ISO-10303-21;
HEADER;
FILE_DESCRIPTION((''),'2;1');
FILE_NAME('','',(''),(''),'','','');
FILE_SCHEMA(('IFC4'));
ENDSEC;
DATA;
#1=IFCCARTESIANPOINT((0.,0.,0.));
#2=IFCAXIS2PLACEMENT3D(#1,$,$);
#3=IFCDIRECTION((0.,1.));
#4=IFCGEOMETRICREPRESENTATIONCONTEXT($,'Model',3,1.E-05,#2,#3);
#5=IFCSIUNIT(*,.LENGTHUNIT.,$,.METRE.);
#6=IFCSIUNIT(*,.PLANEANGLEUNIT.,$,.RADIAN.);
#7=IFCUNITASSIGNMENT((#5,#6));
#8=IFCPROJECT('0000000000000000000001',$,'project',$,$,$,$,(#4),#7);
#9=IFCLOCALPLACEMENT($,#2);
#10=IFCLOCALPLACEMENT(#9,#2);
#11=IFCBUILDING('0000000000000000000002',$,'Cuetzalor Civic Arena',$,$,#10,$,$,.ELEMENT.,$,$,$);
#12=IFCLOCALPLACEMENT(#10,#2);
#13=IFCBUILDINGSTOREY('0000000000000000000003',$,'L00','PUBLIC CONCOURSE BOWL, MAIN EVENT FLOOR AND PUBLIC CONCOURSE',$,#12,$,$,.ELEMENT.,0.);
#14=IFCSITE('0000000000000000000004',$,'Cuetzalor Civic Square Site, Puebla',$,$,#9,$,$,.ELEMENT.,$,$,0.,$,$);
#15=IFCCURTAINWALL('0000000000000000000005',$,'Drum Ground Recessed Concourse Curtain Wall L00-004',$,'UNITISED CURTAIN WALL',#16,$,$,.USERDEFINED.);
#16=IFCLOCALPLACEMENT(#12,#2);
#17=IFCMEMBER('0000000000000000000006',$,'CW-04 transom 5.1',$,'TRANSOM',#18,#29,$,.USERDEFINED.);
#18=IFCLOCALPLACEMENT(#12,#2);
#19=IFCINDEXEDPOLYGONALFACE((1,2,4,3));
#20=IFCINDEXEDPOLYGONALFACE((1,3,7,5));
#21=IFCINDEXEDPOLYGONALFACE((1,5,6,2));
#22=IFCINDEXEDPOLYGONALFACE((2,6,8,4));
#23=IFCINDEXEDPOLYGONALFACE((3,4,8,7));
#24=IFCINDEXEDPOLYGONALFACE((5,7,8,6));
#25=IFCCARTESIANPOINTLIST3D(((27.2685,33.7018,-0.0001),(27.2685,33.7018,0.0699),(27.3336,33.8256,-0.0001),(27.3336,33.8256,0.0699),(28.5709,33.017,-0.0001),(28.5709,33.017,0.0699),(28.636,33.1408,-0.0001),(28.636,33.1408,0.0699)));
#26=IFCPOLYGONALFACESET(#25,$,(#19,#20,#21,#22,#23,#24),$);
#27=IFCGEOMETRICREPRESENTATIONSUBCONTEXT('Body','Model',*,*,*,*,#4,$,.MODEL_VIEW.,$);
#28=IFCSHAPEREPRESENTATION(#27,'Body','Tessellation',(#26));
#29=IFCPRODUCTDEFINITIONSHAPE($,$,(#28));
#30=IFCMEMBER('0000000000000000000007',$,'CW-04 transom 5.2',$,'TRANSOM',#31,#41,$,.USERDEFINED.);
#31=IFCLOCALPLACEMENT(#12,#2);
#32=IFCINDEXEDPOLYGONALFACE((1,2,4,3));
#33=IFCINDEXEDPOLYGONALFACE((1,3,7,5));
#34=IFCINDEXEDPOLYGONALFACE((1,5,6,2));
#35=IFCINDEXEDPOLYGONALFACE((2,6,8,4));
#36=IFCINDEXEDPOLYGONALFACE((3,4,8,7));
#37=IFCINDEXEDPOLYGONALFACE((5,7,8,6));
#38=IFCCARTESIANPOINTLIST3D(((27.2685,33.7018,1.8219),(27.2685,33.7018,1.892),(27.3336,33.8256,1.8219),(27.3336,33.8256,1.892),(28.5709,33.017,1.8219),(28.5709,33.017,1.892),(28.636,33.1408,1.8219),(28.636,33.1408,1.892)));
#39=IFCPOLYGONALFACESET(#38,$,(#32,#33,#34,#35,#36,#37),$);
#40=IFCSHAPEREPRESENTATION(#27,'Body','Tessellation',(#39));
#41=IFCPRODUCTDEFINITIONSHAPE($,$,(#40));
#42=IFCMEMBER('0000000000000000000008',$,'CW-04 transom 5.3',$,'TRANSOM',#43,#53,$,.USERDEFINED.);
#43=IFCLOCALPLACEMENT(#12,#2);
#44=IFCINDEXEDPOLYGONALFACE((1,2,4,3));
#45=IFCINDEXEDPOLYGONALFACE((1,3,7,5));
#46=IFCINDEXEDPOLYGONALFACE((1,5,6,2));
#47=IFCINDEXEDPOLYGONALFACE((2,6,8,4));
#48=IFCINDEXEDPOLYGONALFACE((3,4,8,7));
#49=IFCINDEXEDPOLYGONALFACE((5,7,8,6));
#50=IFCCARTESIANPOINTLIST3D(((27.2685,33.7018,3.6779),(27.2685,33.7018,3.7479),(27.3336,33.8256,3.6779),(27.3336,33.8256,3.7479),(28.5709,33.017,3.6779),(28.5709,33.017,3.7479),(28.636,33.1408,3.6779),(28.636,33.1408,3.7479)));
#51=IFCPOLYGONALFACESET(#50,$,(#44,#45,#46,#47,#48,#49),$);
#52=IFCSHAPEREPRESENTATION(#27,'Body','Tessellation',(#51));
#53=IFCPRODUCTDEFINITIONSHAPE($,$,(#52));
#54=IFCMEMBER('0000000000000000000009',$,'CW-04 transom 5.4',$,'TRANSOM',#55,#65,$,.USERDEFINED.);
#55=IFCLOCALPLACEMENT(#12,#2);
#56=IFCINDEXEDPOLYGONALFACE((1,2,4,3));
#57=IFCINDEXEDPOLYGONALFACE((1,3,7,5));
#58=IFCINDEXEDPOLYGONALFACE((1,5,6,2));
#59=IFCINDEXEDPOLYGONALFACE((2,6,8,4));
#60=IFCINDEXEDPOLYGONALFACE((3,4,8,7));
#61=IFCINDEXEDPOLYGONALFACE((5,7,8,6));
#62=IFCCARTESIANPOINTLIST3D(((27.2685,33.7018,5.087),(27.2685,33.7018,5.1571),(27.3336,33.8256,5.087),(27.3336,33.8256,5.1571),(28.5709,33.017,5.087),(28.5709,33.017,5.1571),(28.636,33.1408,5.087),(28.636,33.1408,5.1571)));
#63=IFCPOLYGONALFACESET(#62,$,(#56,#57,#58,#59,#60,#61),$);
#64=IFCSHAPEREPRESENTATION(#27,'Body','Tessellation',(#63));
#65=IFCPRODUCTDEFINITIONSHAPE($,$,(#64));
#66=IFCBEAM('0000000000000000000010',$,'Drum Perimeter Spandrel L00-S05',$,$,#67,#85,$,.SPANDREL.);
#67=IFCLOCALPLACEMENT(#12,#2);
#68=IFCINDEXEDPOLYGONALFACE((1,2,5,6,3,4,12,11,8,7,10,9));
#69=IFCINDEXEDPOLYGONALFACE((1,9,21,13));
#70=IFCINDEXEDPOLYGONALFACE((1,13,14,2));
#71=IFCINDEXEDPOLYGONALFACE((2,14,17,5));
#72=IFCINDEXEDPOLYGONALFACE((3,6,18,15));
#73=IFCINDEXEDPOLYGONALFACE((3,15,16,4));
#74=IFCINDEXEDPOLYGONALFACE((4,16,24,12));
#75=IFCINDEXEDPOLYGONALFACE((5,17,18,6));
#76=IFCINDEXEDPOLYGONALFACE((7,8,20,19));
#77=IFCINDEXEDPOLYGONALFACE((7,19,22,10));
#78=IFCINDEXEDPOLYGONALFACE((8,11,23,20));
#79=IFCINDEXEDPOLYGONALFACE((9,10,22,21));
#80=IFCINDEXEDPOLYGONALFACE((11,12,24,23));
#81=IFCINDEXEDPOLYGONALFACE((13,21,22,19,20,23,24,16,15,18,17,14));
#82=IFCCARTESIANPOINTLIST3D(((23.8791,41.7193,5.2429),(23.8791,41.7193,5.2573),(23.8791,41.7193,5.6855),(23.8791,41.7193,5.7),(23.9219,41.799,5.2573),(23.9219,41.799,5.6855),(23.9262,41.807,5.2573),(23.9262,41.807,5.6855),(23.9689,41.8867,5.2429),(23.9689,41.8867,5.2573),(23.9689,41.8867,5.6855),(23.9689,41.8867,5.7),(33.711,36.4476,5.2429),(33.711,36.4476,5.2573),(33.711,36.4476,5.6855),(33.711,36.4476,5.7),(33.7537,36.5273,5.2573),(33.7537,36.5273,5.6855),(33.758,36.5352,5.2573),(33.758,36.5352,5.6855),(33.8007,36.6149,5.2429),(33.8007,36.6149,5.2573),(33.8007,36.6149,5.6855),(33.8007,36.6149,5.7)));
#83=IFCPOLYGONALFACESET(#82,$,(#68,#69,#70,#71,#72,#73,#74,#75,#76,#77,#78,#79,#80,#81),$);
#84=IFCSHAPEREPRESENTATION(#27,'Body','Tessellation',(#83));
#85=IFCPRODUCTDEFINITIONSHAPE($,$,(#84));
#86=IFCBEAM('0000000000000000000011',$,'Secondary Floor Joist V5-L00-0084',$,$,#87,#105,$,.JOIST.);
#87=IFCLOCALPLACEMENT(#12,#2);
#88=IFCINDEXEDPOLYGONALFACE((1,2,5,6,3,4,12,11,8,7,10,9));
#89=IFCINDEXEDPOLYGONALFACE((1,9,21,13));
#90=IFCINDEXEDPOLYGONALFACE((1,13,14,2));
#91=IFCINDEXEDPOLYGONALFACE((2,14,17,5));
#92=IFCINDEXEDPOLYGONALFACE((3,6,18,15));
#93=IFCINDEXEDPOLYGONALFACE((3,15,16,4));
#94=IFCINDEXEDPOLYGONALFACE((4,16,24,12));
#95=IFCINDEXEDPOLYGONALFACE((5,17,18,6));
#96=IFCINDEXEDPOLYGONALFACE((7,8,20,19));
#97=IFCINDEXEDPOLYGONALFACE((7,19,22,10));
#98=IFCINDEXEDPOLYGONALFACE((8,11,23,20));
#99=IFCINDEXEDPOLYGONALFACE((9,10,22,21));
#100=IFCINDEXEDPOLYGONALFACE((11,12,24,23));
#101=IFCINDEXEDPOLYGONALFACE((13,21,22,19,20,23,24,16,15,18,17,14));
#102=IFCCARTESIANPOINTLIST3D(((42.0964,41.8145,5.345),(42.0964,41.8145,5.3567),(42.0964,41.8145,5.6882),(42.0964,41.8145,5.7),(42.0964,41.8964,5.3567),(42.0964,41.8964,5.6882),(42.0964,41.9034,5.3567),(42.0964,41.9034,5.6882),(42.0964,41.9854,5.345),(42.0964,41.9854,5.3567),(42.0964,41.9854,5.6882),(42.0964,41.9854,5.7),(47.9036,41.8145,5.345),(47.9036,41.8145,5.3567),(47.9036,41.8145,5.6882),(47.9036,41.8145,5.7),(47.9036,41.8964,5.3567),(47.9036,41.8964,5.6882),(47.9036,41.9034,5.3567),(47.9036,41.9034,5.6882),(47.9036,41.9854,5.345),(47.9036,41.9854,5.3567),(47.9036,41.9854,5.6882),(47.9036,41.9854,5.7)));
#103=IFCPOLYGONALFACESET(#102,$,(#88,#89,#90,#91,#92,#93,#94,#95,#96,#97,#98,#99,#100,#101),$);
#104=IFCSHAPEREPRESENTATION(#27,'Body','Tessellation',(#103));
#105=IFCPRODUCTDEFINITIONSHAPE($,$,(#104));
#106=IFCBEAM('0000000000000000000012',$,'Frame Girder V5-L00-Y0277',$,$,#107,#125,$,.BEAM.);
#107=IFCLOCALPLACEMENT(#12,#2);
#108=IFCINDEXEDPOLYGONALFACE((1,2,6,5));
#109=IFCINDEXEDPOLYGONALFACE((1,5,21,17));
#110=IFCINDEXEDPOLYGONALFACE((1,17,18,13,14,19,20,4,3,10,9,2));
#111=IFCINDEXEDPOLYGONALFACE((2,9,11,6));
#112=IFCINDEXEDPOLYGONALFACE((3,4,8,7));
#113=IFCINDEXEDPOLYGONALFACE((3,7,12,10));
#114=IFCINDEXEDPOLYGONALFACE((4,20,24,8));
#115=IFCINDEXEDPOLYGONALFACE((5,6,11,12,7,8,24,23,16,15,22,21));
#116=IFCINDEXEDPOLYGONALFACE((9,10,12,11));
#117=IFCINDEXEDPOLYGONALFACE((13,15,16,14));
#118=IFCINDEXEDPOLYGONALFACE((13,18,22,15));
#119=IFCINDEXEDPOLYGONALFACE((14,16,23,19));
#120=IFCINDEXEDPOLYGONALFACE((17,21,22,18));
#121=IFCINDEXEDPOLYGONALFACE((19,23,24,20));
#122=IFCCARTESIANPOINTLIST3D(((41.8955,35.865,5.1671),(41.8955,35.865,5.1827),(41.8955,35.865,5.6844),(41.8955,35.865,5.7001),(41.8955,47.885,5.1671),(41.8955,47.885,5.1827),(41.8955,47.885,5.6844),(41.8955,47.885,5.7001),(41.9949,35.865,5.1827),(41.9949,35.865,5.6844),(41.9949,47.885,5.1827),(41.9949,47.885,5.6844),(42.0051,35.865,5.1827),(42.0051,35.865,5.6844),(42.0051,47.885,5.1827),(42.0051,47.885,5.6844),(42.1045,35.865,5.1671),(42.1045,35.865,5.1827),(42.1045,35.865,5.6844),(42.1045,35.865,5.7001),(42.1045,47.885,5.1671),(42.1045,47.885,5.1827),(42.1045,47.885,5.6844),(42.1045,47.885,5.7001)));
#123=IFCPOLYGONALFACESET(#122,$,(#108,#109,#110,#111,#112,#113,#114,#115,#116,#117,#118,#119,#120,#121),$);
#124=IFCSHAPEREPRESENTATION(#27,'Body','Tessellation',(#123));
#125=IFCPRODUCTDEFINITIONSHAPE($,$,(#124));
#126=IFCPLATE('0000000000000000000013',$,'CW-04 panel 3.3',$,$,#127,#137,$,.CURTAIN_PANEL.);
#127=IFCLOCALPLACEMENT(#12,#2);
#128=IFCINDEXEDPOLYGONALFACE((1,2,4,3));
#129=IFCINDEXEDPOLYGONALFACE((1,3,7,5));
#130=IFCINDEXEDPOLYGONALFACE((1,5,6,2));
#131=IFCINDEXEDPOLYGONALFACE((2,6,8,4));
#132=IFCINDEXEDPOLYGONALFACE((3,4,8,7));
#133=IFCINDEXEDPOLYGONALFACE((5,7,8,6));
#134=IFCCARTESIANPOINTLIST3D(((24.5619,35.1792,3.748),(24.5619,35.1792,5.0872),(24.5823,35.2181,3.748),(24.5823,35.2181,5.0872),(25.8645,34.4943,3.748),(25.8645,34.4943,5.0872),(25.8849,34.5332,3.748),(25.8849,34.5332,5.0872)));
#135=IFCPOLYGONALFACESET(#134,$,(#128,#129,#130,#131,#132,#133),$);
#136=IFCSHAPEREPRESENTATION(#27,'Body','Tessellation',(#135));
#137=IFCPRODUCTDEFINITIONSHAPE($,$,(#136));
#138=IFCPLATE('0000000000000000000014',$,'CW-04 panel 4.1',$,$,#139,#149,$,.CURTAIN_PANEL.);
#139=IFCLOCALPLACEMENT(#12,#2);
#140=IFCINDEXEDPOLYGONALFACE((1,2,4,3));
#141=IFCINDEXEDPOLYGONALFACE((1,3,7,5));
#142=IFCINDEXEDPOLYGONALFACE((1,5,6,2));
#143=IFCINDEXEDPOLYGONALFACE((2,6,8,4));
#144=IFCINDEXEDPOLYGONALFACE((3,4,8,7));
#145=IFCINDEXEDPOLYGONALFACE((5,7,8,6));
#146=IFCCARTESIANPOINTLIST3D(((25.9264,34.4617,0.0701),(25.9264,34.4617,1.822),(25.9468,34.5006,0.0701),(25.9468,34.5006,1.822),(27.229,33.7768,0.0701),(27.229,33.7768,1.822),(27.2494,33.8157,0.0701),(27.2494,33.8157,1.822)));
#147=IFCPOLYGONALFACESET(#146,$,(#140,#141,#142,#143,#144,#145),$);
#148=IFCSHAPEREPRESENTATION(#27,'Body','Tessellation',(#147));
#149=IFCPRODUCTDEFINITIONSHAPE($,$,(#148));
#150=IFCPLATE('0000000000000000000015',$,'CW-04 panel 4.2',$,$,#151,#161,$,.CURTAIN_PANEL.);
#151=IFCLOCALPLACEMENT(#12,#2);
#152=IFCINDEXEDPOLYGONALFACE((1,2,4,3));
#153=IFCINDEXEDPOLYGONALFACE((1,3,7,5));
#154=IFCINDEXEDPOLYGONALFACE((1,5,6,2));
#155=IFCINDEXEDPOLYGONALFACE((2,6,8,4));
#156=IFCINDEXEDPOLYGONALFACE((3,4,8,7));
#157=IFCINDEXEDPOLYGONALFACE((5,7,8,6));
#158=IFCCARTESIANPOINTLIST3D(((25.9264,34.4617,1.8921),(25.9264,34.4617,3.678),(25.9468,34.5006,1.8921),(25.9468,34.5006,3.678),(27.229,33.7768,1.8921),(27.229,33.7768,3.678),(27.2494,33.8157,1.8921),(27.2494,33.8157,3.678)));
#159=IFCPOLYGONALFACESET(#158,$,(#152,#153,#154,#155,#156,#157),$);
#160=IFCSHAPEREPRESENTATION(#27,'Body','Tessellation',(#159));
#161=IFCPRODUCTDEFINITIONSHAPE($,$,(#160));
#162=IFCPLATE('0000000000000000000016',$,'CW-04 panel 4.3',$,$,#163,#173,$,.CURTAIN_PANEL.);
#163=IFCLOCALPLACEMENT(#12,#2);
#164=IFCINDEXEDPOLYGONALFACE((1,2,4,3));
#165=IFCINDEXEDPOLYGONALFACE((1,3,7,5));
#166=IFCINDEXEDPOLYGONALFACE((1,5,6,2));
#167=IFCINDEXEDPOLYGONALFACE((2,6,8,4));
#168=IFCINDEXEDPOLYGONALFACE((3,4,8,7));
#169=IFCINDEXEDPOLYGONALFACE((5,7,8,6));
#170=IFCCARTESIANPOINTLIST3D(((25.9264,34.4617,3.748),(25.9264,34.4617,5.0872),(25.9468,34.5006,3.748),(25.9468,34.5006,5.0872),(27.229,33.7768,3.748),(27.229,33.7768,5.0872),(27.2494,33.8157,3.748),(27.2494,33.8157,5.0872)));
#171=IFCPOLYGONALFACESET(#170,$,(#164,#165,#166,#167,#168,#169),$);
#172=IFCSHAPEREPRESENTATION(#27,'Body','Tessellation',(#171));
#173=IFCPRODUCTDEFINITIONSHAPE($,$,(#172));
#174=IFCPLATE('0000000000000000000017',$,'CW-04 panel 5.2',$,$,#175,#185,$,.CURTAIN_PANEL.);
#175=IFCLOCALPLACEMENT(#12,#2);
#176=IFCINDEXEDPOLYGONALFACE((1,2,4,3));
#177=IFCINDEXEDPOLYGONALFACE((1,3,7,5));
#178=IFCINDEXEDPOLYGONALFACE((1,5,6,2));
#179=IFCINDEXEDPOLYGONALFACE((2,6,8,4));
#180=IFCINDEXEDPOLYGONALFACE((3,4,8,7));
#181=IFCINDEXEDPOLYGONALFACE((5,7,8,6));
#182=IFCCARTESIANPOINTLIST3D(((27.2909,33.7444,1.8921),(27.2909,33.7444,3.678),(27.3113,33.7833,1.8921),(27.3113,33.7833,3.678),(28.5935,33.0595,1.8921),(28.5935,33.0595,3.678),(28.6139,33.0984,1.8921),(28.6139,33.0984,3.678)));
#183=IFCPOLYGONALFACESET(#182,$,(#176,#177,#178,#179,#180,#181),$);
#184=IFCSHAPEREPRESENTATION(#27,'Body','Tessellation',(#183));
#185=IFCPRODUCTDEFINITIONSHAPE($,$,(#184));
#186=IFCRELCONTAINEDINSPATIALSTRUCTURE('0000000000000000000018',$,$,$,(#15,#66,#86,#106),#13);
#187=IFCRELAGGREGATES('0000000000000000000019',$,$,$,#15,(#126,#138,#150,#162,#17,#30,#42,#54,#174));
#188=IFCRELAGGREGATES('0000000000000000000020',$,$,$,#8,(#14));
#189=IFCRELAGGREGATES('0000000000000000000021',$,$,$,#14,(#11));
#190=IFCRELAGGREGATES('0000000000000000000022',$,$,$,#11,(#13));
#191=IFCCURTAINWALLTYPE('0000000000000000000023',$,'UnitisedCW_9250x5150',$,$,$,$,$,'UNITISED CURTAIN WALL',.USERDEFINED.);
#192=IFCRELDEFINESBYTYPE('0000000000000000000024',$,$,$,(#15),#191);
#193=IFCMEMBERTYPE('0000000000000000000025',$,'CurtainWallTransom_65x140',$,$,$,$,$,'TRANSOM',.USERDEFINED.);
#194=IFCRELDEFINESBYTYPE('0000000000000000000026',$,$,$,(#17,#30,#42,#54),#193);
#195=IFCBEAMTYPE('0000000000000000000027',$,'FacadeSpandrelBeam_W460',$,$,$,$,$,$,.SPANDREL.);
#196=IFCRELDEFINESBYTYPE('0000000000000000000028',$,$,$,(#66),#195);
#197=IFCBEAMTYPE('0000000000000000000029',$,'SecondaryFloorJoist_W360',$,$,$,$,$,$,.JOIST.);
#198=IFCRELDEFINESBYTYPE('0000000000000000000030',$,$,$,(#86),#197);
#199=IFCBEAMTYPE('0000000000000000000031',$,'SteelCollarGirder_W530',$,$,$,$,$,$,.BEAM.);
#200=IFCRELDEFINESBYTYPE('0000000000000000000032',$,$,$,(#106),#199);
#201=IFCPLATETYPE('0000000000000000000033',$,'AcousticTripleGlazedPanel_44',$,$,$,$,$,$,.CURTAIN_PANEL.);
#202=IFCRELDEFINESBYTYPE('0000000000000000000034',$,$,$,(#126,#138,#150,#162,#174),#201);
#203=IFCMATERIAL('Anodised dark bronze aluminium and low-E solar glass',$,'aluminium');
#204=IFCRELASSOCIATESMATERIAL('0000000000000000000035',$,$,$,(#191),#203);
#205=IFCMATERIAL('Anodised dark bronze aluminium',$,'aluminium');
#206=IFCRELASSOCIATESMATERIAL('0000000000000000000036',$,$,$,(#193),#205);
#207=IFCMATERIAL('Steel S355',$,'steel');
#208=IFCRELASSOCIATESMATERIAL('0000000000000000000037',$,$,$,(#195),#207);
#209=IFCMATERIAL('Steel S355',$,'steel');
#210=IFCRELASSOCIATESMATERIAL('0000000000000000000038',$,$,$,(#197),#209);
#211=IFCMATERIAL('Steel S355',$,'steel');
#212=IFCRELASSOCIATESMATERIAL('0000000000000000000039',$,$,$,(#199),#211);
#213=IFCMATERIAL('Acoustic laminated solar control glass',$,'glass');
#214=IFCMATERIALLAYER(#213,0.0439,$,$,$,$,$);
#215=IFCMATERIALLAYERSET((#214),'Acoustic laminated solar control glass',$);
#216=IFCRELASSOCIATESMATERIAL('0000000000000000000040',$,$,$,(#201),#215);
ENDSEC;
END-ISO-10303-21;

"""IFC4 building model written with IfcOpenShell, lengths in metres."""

from ifc_helpers import new_model, si_unit, direction, frame, origin, origin_2d, place, context, subcontext, project, spatial, rectangle, i_section, extrude, material, layer, layer_set, material_profile, profile_set, type_object, element, aggregate, save


model = new_model("IFC4")

# Units and contexts
model_context = context("Model", 3, precision=1e-05, world=origin(), true_north=direction((0.0, 1.0)))
body_context = subcontext(model_context, "Body", "Model", "MODEL_VIEW")
ifc_project = project(units=[si_unit("LENGTHUNIT", "METRE"), si_unit("PLANEANGLEUNIT", "RADIAN")], contexts=[model_context])

# Site, building, storey
site_placement = place(None, origin())
site = spatial("IfcSite", under=ifc_project, at=site_placement, Name="Cuetzalor Civic Square Site, Puebla", CompositionType="ELEMENT", RefElevation=0.0)
building_placement = place(site_placement, origin())
building = spatial("IfcBuilding", under=site, at=building_placement, Name="Cuetzalor Civic Arena", CompositionType="ELEMENT")
storey_placement = place(building_placement, origin())
storey = spatial("IfcBuildingStorey", under=building, at=storey_placement, Name="L00", Description="PUBLIC CONCOURSE BOWL, MAIN EVENT FLOOR AND PUBLIC CONCOURSE", CompositionType="ELEMENT", Elevation=0.0)

# Curtain wall, members
ifc_material_1 = material(Name="Anodised dark bronze aluminium and low-E solar glass", Category="aluminium")
curtain_wall_type = type_object("IfcCurtainWallType", Name="UnitisedCW_9250x5150", ElementType="UNITISED CURTAIN WALL", PredefinedType="USERDEFINED", material=ifc_material_1)
curtain_wall_placement = place(storey_placement, origin())
curtain_wall = element("IfcCurtainWall", 1, at=curtain_wall_placement, inside=storey, type_object=curtain_wall_type, Name="Drum Ground Recessed Concourse Curtain Wall L00-004", ObjectType="UNITISED CURTAIN WALL", PredefinedType="USERDEFINED")
ifc_material_2 = material(Name="Anodised dark bronze aluminium", Category="aluminium")
ifc_material_profile_1 = material_profile(ifc_material_2, rectangle(XDim=0.1399, YDim=0.0701, at=origin_2d()), Name="ALU TRANSOM 70x140")
ifc_profile_set_1 = profile_set([ifc_material_profile_1], Name="Anodised dark bronze aluminium")
member_type_1 = type_object("IfcMemberType", Name="CurtainWallTransom_65x140", ElementType="TRANSOM", PredefinedType="USERDEFINED", material=ifc_profile_set_1)
member_1_placement = place(storey_placement, frame((27.301, 33.7637, 0.0349), z_axis=(0.885116, -0.46537, 0.0), x_axis=(0.46537, 0.885116, 0.0)))
member_1 = element("IfcMember", 2, at=member_1_placement, type_object=member_type_1, Name="CW-04 transom 5.1", ObjectType="TRANSOM", PredefinedType="USERDEFINED", context=body_context, shape_type="SweptSolid", body=[
    extrude(rectangle(XDim=0.1399, YDim=0.0701, at=origin_2d()), origin(), (0.0, 0.0, 1.0), 1.4714),
])
member_2_placement = place(storey_placement, frame((27.301, 33.7637, 1.8569), z_axis=(0.885116, -0.46537, 0.0), x_axis=(0.46537, 0.885116, 0.0)))
member_2 = element("IfcMember", 3, at=member_2_placement, type_object=member_type_1, Name="CW-04 transom 5.2", ObjectType="TRANSOM", PredefinedType="USERDEFINED", context=body_context, shape_type="SweptSolid", body=[
    extrude(rectangle(XDim=0.1399, YDim=0.0701, at=origin_2d()), origin(), (0.0, 0.0, 1.0), 1.4714),
])
member_3_placement = place(storey_placement, frame((27.301, 33.7637, 3.7129), z_axis=(0.885116, -0.46537, 0.0), x_axis=(0.46537, 0.885116, 0.0)))
member_3 = element("IfcMember", 4, at=member_3_placement, type_object=member_type_1, Name="CW-04 transom 5.3", ObjectType="TRANSOM", PredefinedType="USERDEFINED", context=body_context, shape_type="SweptSolid", body=[
    extrude(rectangle(XDim=0.1399, YDim=0.0701, at=origin_2d()), origin(), (0.0, 0.0, 1.0), 1.4714),
])
member_4_placement = place(storey_placement, frame((27.301, 33.7637, 5.1221), z_axis=(0.885116, -0.46537, 0.0), x_axis=(0.46537, 0.885116, 0.0)))
member_4 = element("IfcMember", 5, at=member_4_placement, type_object=member_type_1, Name="CW-04 transom 5.4", ObjectType="TRANSOM", PredefinedType="USERDEFINED", context=body_context, shape_type="SweptSolid", body=[
    extrude(rectangle(XDim=0.1399, YDim=0.0701, at=origin_2d()), origin(), (0.0, 0.0, 1.0), 1.4714),
])

# Beams
ifc_material_3 = material(Name="Steel S355", Category="steel")
ifc_material_profile_2 = material_profile(ifc_material_3, i_section(OverallWidth=0.1899, OverallDepth=0.457, WebThickness=0.009, FlangeThickness=0.0144, at=origin_2d()), Name="W460x74")
ifc_profile_set_2 = profile_set([ifc_material_profile_2], Name="Steel S355")
beam_type_1 = type_object("IfcBeamType", Name="FacadeSpandrelBeam_W460", PredefinedType="SPANDREL", material=ifc_profile_set_2)
beam_1_placement = place(storey_placement, frame((33.7559, 36.5312, 5.4714), z_axis=(-0.881305, 0.472549, 0.0), x_axis=(-0.472549, -0.881305, 0.0)))
element("IfcBeam", 6, at=beam_1_placement, inside=storey, type_object=beam_type_1, Name="Drum Perimeter Spandrel L00-S05", PredefinedType="SPANDREL", context=body_context, shape_type="SweptSolid", body=[
    extrude(i_section(OverallWidth=0.1899, OverallDepth=0.457, WebThickness=0.009, FlangeThickness=0.0144, at=origin_2d()), origin(), (0.0, 0.0, 1.0), 11.156),
])
ifc_material_4 = material(Name="Steel S355", Category="steel")
ifc_material_profile_3 = material_profile(ifc_material_4, i_section(OverallWidth=0.1709, OverallDepth=0.355, WebThickness=0.0071, FlangeThickness=0.0117, at=origin_2d()), Name="W360x51")
ifc_profile_set_3 = profile_set([ifc_material_profile_3], Name="Steel S355")
beam_type_2 = type_object("IfcBeamType", Name="SecondaryFloorJoist_W360", PredefinedType="JOIST", material=ifc_profile_set_3)
beam_2_placement = place(storey_placement, frame((42.0964, 41.8999, 5.5225), z_axis=(1.0, 0.0, 0.0), x_axis=(0.0, 1.0, 0.0)))
element("IfcBeam", 7, at=beam_2_placement, inside=storey, type_object=beam_type_2, Name="Secondary Floor Joist V5-L00-0084", PredefinedType="JOIST", context=body_context, shape_type="SweptSolid", body=[
    extrude(i_section(OverallWidth=0.1709, OverallDepth=0.355, WebThickness=0.0071, FlangeThickness=0.0117, at=origin_2d()), origin(), (0.0, 0.0, 1.0), 5.8071),
])
ifc_material_5 = material(Name="Steel S355", Category="steel")
ifc_material_profile_4 = material_profile(ifc_material_5, i_section(OverallWidth=0.209, OverallDepth=0.533, WebThickness=0.0103, FlangeThickness=0.0156, at=origin_2d()), Name="W530x92")
ifc_profile_set_4 = profile_set([ifc_material_profile_4], Name="Steel S355")
beam_type_3 = type_object("IfcBeamType", Name="SteelCollarGirder_W530", PredefinedType="BEAM", material=ifc_profile_set_4)
beam_3_placement = place(storey_placement, frame((42.0, 35.865, 5.4336), z_axis=(0.0, 1.0, 0.0), x_axis=(-1.0, 0.0, 0.0)))
element("IfcBeam", 8, at=beam_3_placement, inside=storey, type_object=beam_type_3, Name="Frame Girder V5-L00-Y0277", PredefinedType="BEAM", context=body_context, shape_type="SweptSolid", body=[
    extrude(i_section(OverallWidth=0.209, OverallDepth=0.533, WebThickness=0.0103, FlangeThickness=0.0156, at=origin_2d()), origin(), (0.0, 0.0, 1.0), 12.02),
])

# Plates
ifc_material_6 = material(Name="Acoustic laminated solar control glass", Category="glass")
ifc_layer = layer(ifc_material_6, 0.0439)
ifc_layer_set = layer_set([ifc_layer], Name="Acoustic laminated solar control glass")
plate_type = type_object("IfcPlateType", Name="AcousticTripleGlazedPanel_44", PredefinedType="CURTAIN_PANEL", material=ifc_layer_set)
plate_1_placement = place(storey_placement, frame((25.2234, 34.8562, 3.748), z_axis=(0.0, 0.0, 1.0), x_axis=(0.885118, -0.465366, 0.0)))
plate_1 = element("IfcPlate", 9, at=plate_1_placement, type_object=plate_type, Name="CW-04 panel 3.3", PredefinedType="CURTAIN_PANEL", context=body_context, shape_type="SweptSolid", body=[
    extrude(rectangle(XDim=1.4717, YDim=0.0439, at=origin_2d()), origin(), (0.0, 0.0, 1.0), 1.3391),
])
plate_2_placement = place(storey_placement, frame((26.5879, 34.1387, 0.0701), z_axis=(0.0, 0.0, 1.0), x_axis=(0.885118, -0.465366, 0.0)))
plate_2 = element("IfcPlate", 10, at=plate_2_placement, type_object=plate_type, Name="CW-04 panel 4.1", PredefinedType="CURTAIN_PANEL", context=body_context, shape_type="SweptSolid", body=[
    extrude(rectangle(XDim=1.4717, YDim=0.0439, at=origin_2d()), origin(), (0.0, 0.0, 1.0), 1.752),
])
plate_3_placement = place(storey_placement, frame((26.5879, 34.1387, 1.8921), z_axis=(0.0, 0.0, 1.0), x_axis=(0.885118, -0.465366, 0.0)))
plate_3 = element("IfcPlate", 11, at=plate_3_placement, type_object=plate_type, Name="CW-04 panel 4.2", PredefinedType="CURTAIN_PANEL", context=body_context, shape_type="SweptSolid", body=[
    extrude(rectangle(XDim=1.4717, YDim=0.0439, at=origin_2d()), origin(), (0.0, 0.0, 1.0), 1.7859),
])
plate_4_placement = place(storey_placement, frame((26.5879, 34.1387, 3.748), z_axis=(0.0, 0.0, 1.0), x_axis=(0.885118, -0.465366, 0.0)))
plate_4 = element("IfcPlate", 12, at=plate_4_placement, type_object=plate_type, Name="CW-04 panel 4.3", PredefinedType="CURTAIN_PANEL", context=body_context, shape_type="SweptSolid", body=[
    extrude(rectangle(XDim=1.4717, YDim=0.0439, at=origin_2d()), origin(), (0.0, 0.0, 1.0), 1.3391),
])
plate_5_placement = place(storey_placement, frame((27.9524, 33.4214, 1.8921), z_axis=(0.0, 0.0, 1.0), x_axis=(0.885118, -0.465366, 0.0)))
plate_5 = element("IfcPlate", 13, at=plate_5_placement, type_object=plate_type, Name="CW-04 panel 5.2", PredefinedType="CURTAIN_PANEL", context=body_context, shape_type="SweptSolid", body=[
    extrude(rectangle(XDim=1.4717, YDim=0.0439, at=origin_2d()), origin(), (0.0, 0.0, 1.0), 1.7859),
])
aggregate(curtain_wall, [plate_1, plate_2, plate_3, plate_4, member_1, member_2, member_3, member_4, plate_5])

save(model, "model.ifc")
